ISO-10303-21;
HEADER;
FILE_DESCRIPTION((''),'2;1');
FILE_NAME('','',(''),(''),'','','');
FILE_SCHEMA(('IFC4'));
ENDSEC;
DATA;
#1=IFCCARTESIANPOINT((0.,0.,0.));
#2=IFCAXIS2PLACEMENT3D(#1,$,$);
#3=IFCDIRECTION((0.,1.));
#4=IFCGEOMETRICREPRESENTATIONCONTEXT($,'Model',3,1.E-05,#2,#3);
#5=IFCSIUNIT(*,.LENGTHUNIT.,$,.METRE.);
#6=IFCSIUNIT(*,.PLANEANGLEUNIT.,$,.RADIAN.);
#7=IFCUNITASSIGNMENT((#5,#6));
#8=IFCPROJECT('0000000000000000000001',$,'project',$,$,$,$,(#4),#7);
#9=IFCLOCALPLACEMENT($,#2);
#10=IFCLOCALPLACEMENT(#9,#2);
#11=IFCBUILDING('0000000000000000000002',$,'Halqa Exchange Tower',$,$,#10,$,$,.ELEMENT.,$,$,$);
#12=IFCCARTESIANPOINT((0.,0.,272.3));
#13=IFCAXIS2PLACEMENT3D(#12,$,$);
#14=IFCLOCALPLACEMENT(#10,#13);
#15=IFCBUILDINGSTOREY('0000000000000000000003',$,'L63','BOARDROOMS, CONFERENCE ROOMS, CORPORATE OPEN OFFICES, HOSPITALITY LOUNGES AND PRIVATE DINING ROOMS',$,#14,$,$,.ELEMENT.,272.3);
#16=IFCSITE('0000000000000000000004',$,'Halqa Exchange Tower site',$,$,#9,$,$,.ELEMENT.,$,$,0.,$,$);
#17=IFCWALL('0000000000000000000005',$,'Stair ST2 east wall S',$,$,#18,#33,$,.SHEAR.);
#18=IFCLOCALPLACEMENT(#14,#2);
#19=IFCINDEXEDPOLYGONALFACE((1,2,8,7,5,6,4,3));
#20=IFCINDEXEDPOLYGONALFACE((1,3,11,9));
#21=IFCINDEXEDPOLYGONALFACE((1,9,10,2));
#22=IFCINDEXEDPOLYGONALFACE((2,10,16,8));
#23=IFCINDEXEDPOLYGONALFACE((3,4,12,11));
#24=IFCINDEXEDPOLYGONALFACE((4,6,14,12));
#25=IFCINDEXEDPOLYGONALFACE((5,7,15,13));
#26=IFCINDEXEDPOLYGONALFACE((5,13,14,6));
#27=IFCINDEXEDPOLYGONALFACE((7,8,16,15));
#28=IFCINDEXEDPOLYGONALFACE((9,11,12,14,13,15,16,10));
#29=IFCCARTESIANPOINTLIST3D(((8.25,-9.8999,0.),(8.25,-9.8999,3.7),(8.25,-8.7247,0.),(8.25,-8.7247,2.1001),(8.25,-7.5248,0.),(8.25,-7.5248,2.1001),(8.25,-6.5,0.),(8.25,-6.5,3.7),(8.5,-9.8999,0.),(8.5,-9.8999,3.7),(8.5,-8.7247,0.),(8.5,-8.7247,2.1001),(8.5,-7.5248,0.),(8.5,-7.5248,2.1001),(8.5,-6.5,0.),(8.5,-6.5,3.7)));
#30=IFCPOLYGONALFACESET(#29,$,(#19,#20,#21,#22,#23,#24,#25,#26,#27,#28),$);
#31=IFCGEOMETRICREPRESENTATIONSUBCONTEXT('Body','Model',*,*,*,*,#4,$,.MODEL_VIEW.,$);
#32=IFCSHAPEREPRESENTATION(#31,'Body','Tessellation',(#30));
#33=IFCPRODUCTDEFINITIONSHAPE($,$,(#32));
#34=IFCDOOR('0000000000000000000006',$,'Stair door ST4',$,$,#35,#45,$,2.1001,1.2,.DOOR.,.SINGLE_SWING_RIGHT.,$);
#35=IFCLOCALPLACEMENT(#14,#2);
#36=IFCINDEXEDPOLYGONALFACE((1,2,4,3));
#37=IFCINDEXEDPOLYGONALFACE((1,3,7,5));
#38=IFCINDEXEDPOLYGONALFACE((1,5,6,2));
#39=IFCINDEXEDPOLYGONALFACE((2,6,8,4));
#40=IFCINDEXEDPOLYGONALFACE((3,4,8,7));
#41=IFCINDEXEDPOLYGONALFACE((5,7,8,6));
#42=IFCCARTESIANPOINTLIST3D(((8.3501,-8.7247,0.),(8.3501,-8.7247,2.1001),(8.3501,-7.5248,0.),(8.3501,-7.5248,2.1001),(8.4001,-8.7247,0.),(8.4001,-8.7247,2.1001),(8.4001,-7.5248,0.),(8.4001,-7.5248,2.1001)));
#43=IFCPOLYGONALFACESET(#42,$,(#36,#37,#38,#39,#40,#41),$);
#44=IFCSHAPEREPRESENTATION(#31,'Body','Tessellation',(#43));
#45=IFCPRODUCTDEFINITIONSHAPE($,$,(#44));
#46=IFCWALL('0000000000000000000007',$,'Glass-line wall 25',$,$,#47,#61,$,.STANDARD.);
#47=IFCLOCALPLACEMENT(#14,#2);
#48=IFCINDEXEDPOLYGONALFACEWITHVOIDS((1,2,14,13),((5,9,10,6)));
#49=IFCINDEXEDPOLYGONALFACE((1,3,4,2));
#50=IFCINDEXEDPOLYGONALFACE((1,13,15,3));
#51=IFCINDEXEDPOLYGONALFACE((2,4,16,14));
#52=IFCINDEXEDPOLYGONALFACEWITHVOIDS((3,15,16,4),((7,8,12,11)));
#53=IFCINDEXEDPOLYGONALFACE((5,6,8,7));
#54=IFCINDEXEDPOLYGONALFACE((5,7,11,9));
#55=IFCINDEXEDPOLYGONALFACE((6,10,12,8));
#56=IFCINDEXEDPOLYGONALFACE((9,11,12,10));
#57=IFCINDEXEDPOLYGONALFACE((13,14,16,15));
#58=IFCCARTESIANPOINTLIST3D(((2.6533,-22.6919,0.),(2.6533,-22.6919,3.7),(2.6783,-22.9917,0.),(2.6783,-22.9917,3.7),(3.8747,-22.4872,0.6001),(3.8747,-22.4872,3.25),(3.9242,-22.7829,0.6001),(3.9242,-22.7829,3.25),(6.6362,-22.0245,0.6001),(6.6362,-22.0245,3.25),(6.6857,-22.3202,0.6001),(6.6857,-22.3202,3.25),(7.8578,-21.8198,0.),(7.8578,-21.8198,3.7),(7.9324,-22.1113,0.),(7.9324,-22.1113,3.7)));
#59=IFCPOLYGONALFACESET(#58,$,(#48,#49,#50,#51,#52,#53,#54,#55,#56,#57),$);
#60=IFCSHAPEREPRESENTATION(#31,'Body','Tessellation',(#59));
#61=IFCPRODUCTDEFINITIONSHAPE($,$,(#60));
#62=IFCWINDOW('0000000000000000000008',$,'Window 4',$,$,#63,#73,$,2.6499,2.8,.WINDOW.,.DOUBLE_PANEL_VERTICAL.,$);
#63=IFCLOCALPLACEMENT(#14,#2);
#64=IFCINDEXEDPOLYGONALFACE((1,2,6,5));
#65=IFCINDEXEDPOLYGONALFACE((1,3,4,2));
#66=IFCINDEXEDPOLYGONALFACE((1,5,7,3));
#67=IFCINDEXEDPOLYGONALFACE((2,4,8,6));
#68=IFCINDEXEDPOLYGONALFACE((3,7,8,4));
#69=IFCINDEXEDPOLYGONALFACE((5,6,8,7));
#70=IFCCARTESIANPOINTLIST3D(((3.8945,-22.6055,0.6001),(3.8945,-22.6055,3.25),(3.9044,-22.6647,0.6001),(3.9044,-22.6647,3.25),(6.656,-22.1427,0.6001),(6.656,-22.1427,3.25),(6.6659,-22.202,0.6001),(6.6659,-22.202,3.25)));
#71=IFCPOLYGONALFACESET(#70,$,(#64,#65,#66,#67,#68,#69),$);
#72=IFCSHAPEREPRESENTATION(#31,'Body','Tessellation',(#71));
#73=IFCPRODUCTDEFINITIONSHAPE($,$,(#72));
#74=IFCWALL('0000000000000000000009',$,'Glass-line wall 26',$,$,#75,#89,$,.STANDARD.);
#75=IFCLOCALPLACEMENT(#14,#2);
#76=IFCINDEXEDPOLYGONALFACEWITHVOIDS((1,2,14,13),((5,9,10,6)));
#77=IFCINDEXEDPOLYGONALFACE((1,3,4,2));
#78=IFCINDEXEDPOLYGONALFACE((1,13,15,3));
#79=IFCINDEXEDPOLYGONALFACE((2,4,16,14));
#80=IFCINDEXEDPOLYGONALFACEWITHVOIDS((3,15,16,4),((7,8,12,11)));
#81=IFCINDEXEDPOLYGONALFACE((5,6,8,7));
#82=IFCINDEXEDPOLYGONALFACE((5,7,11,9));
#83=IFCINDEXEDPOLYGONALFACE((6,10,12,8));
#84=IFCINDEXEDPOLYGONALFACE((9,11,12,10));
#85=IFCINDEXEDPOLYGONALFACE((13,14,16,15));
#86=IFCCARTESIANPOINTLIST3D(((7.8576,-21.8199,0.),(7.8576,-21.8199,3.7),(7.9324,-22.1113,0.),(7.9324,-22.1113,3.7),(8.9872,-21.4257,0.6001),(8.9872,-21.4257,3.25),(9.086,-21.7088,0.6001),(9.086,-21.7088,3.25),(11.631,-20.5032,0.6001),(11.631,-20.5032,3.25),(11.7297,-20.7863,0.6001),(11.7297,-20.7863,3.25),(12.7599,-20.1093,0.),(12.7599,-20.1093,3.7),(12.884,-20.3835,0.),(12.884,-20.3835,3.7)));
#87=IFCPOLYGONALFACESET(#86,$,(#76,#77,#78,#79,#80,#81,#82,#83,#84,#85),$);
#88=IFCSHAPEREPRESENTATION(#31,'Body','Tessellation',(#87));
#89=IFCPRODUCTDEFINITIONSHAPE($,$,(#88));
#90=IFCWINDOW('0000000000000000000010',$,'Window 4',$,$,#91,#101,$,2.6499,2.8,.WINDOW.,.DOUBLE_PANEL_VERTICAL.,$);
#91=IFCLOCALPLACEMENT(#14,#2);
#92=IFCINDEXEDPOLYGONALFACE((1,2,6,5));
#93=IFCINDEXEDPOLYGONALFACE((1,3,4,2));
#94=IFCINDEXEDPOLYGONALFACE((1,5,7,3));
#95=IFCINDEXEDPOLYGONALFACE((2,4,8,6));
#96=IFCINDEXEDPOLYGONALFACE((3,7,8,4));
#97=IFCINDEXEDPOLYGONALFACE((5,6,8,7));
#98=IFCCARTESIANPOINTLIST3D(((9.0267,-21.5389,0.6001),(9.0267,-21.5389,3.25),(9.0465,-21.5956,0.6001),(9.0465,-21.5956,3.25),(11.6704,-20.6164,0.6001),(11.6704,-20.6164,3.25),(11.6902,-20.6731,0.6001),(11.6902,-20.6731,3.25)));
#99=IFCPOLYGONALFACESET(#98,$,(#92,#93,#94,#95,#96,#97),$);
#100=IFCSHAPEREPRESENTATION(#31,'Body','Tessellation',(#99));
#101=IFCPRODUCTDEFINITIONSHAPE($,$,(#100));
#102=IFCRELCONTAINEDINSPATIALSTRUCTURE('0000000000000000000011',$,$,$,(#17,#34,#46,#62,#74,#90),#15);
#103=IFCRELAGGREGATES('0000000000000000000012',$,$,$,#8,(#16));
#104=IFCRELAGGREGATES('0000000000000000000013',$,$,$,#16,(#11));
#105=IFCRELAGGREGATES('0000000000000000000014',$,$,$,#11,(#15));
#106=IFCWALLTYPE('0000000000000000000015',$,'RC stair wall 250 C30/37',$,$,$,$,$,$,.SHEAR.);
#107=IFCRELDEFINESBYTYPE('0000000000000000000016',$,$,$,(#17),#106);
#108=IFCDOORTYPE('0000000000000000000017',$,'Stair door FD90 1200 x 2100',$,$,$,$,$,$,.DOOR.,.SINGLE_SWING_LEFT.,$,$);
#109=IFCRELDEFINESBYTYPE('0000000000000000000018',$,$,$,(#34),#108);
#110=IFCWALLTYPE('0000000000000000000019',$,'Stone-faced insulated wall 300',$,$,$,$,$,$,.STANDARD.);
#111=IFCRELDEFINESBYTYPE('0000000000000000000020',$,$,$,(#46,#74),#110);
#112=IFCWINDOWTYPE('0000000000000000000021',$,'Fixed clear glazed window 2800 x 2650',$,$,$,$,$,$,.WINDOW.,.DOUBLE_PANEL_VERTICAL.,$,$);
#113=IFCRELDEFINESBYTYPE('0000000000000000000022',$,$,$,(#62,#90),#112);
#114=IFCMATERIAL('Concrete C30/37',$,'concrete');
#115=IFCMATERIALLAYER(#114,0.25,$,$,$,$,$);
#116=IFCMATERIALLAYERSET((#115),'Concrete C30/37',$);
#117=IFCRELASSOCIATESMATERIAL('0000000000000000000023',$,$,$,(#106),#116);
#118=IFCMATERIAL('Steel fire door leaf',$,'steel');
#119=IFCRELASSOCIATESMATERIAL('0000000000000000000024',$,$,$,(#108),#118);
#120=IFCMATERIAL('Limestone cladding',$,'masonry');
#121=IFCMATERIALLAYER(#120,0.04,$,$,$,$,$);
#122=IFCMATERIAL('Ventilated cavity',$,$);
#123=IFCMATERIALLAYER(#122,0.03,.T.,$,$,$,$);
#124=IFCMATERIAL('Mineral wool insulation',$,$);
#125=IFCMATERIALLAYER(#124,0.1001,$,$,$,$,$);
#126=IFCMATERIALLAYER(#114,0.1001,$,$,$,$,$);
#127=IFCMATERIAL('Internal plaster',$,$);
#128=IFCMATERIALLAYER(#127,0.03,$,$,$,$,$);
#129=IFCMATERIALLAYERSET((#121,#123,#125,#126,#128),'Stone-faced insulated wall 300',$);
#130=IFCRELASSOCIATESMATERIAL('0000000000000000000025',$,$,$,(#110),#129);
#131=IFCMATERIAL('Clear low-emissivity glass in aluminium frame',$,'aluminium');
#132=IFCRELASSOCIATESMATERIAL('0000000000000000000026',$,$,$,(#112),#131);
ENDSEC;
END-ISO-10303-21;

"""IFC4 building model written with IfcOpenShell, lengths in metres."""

from ifc_helpers import new_model, si_unit, direction, frame, frame_2d, origin, place, context, subcontext, project, spatial, polyline, rectangle, outline, extrude, material, layer, layer_set, type_object, element, fill, save


model = new_model("IFC4")

# Units and contexts
model_context = context("Model", 3, precision=1e-05, world=origin(), true_north=direction((0.0, 1.0)))
body_context = subcontext(model_context, "Body", "Model", "MODEL_VIEW")
ifc_project = project(units=[si_unit("LENGTHUNIT", "METRE"), si_unit("PLANEANGLEUNIT", "RADIAN")], contexts=[model_context])

# Site, building, storey
site_placement = place(None, origin())
site = spatial("IfcSite", under=ifc_project, at=site_placement, Name="Halqa Exchange Tower site", CompositionType="ELEMENT", RefElevation=0.0)
building_placement = place(site_placement, origin())
building = spatial("IfcBuilding", under=site, at=building_placement, Name="Halqa Exchange Tower", CompositionType="ELEMENT")
storey_placement = place(building_placement, frame((0.0, 0.0, 272.3)))
storey = spatial("IfcBuildingStorey", under=building, at=storey_placement, Name="L63", Description="BOARDROOMS, CONFERENCE ROOMS, CORPORATE OPEN OFFICES, HOSPITALITY LOUNGES AND PRIVATE DINING ROOMS", CompositionType="ELEMENT", Elevation=272.3)

# Shared definitions
ifc_material_1 = material(Name="Steel fire door leaf", Category="steel")

# Shared definitions
ifc_material_2 = material(Name="Concrete C30/37", Category="concrete")
ifc_layer_1 = layer(ifc_material_2, 0.25)
ifc_layer_set_1 = layer_set([ifc_layer_1], Name="Concrete C30/37")
wall_type_1 = type_object("IfcWallType", Name="RC stair wall 250 C30/37", PredefinedType="SHEAR", material=ifc_layer_set_1)

# Wall, opening, door
wall_1_placement = place(storey_placement, frame((8.375, -9.8999, 0.0), z_axis=(0.0, 0.0, 1.0), x_axis=(0.0, 1.0, 0.0)))
wall_1 = element("IfcWall", 1, at=wall_1_placement, inside=storey, type_object=wall_type_1, Name="Stair ST2 east wall S", PredefinedType="SHEAR", context=body_context, shape_type="SweptSolid", body=[
    extrude(rectangle(XDim=3.3999, YDim=0.25, at=frame_2d((1.7, 0.0))), origin(), (0.0, 0.0, 1.0), 3.7),
])
opening_1_placement = place(wall_1_placement, frame((1.175, 0.0, 0.0)))
opening_1 = element("IfcOpeningElement", 2, at=opening_1_placement, cuts=wall_1, PredefinedType="OPENING", context=body_context, shape_type="SweptSolid", body=[
    extrude(rectangle(XDim=1.2, YDim=2.1001, at=frame_2d((0.6001, 1.05))), frame((0.0, 0.137, 0.0), z_axis=(0.0, -1.0, 0.0), x_axis=(1.0, 0.0, 0.0)), (0.0, 0.0, 1.0), 0.2739),
])
door_type_1 = type_object("IfcDoorType", Name="Stair door FD90 1200 x 2100", OperationType="SINGLE_SWING_LEFT", PredefinedType="DOOR", material=ifc_material_1)
door_1_placement = place(opening_1_placement, origin())
door_1 = element("IfcDoor", 3, at=door_1_placement, inside=storey, type_object=door_type_1, Name="Stair door ST4", OperationType="SINGLE_SWING_RIGHT", OverallHeight=2.1001, OverallWidth=1.2, PredefinedType="DOOR", context=body_context, shape_type="SweptSolid", body=[
    extrude(rectangle(XDim=1.2, YDim=2.1001, at=frame_2d((0.6001, 1.05))), frame((0.0, 0.0249, 0.0), z_axis=(0.0, -1.0, 0.0), x_axis=(1.0, 0.0, 0.0)), (0.0, 0.0, 1.0), 0.05),
])
fill(opening_1, door_1)

# Walls, openings, windows
ifc_material_3 = material(Name="Limestone cladding", Category="masonry")
ifc_layer_2 = layer(ifc_material_3, 0.04)
ifc_material_4 = material(Name="Ventilated cavity")
ifc_layer_3 = layer(ifc_material_4, 0.03, ventilated=True)
ifc_material_5 = material(Name="Mineral wool insulation")
ifc_layer_4 = layer(ifc_material_5, 0.1001)
ifc_layer_5 = layer(ifc_material_2, 0.1001)
ifc_material_6 = material(Name="Internal plaster")
ifc_layer_6 = layer(ifc_material_6, 0.03)
ifc_layer_set_2 = layer_set([ifc_layer_2, ifc_layer_3, ifc_layer_4, ifc_layer_5, ifc_layer_6], Name="Stone-faced insulated wall 300")
wall_type_2 = type_object("IfcWallType", Name="Stone-faced insulated wall 300", PredefinedType="STANDARD", material=ifc_layer_set_2)
wall_2_placement = place(storey_placement, frame((2.6658, -22.8418, 0.0), z_axis=(0.0, 0.0, 1.0), x_axis=(0.98625, 0.165258, 0.0)))
wall_2 = element("IfcWall", 4, at=wall_2_placement, inside=storey, type_object=wall_type_2, Name="Glass-line wall 25", PredefinedType="STANDARD", context=body_context, shape_type="SweptSolid", body=[
    extrude(outline(polyline([(-0.0125, -0.1499), (5.3149, -0.1499), (5.2896, 0.1499), (0.0125, 0.1499), (-0.0125, -0.1499)])), origin(), (0.0, 0.0, 1.0), 3.7),
])
opening_2_placement = place(wall_2_placement, frame((1.251, 0.0, 0.6001)))
opening_2 = element("IfcOpeningElement", 5, at=opening_2_placement, cuts=wall_2, PredefinedType="OPENING", context=body_context, shape_type="SweptSolid", body=[
    extrude(rectangle(XDim=2.8, YDim=2.6499, at=frame_2d((1.3999, 1.325))), frame((0.0, 0.1621, 0.0), z_axis=(0.0, -1.0, 0.0), x_axis=(1.0, 0.0, 0.0)), (0.0, 0.0, 1.0), 0.324),
])
ifc_material_7 = material(Name="Clear low-emissivity glass in aluminium frame", Category="aluminium")
window_type = type_object("IfcWindowType", Name="Fixed clear glazed window 2800 x 2650", PartitioningType="DOUBLE_PANEL_VERTICAL", PredefinedType="WINDOW", material=ifc_material_7)
window_1_placement = place(opening_2_placement, origin())
window_1 = element("IfcWindow", 6, at=window_1_placement, inside=storey, type_object=window_type, Name="Window 4", OverallHeight=2.6499, OverallWidth=2.8, PartitioningType="DOUBLE_PANEL_VERTICAL", PredefinedType="WINDOW", context=body_context, shape_type="SweptSolid", body=[
    extrude(rectangle(XDim=2.8, YDim=2.6499, at=frame_2d((1.3999, 1.325))), frame((0.0, 0.03, 0.0), z_axis=(0.0, -1.0, 0.0), x_axis=(1.0, 0.0, 0.0)), (0.0, 0.0, 1.0), 0.0601),
])
fill(opening_2, window_1)
wall_3_placement = place(storey_placement, frame((7.895, -21.9656, 0.0), z_axis=(0.0, 0.0, 1.0), x_axis=(0.944169, 0.32946, 0.0)))
wall_3 = element("IfcWall", 7, at=wall_3_placement, inside=storey, type_object=wall_type_2, Name="Glass-line wall 26", PredefinedType="STANDARD", context=body_context, shape_type="SweptSolid", body=[
    extrude(outline(polyline([(-0.0127, -0.1499), (5.2317, -0.1499), (5.2048, 0.1499), (0.0127, 0.1499), (-0.0127, -0.1499)])), origin(), (0.0, 0.0, 1.0), 3.7),
])
opening_3_placement = place(wall_3_placement, frame((1.2092, 0.0, 0.6001)))
opening_3 = element("IfcOpeningElement", 8, at=opening_3_placement, cuts=wall_3, PredefinedType="OPENING", context=body_context, shape_type="SweptSolid", body=[
    extrude(rectangle(XDim=2.8, YDim=2.6499, at=frame_2d((1.3999, 1.325))), frame((0.0, 0.1621, 0.0), z_axis=(0.0, -1.0, 0.0), x_axis=(1.0, 0.0, 0.0)), (0.0, 0.0, 1.0), 0.324),
])
window_2_placement = place(opening_3_placement, origin())
window_2 = element("IfcWindow", 9, at=window_2_placement, inside=storey, type_object=window_type, Name="Window 4", OverallHeight=2.6499, OverallWidth=2.8, PartitioningType="DOUBLE_PANEL_VERTICAL", PredefinedType="WINDOW", context=body_context, shape_type="SweptSolid", body=[
    extrude(rectangle(XDim=2.8, YDim=2.6499, at=frame_2d((1.3999, 1.325))), frame((0.0, 0.03, 0.0), z_axis=(0.0, -1.0, 0.0), x_axis=(1.0, 0.0, 0.0)), (0.0, 0.0, 1.0), 0.0601),
])
fill(opening_3, window_2)

save(model, "model.ifc")
